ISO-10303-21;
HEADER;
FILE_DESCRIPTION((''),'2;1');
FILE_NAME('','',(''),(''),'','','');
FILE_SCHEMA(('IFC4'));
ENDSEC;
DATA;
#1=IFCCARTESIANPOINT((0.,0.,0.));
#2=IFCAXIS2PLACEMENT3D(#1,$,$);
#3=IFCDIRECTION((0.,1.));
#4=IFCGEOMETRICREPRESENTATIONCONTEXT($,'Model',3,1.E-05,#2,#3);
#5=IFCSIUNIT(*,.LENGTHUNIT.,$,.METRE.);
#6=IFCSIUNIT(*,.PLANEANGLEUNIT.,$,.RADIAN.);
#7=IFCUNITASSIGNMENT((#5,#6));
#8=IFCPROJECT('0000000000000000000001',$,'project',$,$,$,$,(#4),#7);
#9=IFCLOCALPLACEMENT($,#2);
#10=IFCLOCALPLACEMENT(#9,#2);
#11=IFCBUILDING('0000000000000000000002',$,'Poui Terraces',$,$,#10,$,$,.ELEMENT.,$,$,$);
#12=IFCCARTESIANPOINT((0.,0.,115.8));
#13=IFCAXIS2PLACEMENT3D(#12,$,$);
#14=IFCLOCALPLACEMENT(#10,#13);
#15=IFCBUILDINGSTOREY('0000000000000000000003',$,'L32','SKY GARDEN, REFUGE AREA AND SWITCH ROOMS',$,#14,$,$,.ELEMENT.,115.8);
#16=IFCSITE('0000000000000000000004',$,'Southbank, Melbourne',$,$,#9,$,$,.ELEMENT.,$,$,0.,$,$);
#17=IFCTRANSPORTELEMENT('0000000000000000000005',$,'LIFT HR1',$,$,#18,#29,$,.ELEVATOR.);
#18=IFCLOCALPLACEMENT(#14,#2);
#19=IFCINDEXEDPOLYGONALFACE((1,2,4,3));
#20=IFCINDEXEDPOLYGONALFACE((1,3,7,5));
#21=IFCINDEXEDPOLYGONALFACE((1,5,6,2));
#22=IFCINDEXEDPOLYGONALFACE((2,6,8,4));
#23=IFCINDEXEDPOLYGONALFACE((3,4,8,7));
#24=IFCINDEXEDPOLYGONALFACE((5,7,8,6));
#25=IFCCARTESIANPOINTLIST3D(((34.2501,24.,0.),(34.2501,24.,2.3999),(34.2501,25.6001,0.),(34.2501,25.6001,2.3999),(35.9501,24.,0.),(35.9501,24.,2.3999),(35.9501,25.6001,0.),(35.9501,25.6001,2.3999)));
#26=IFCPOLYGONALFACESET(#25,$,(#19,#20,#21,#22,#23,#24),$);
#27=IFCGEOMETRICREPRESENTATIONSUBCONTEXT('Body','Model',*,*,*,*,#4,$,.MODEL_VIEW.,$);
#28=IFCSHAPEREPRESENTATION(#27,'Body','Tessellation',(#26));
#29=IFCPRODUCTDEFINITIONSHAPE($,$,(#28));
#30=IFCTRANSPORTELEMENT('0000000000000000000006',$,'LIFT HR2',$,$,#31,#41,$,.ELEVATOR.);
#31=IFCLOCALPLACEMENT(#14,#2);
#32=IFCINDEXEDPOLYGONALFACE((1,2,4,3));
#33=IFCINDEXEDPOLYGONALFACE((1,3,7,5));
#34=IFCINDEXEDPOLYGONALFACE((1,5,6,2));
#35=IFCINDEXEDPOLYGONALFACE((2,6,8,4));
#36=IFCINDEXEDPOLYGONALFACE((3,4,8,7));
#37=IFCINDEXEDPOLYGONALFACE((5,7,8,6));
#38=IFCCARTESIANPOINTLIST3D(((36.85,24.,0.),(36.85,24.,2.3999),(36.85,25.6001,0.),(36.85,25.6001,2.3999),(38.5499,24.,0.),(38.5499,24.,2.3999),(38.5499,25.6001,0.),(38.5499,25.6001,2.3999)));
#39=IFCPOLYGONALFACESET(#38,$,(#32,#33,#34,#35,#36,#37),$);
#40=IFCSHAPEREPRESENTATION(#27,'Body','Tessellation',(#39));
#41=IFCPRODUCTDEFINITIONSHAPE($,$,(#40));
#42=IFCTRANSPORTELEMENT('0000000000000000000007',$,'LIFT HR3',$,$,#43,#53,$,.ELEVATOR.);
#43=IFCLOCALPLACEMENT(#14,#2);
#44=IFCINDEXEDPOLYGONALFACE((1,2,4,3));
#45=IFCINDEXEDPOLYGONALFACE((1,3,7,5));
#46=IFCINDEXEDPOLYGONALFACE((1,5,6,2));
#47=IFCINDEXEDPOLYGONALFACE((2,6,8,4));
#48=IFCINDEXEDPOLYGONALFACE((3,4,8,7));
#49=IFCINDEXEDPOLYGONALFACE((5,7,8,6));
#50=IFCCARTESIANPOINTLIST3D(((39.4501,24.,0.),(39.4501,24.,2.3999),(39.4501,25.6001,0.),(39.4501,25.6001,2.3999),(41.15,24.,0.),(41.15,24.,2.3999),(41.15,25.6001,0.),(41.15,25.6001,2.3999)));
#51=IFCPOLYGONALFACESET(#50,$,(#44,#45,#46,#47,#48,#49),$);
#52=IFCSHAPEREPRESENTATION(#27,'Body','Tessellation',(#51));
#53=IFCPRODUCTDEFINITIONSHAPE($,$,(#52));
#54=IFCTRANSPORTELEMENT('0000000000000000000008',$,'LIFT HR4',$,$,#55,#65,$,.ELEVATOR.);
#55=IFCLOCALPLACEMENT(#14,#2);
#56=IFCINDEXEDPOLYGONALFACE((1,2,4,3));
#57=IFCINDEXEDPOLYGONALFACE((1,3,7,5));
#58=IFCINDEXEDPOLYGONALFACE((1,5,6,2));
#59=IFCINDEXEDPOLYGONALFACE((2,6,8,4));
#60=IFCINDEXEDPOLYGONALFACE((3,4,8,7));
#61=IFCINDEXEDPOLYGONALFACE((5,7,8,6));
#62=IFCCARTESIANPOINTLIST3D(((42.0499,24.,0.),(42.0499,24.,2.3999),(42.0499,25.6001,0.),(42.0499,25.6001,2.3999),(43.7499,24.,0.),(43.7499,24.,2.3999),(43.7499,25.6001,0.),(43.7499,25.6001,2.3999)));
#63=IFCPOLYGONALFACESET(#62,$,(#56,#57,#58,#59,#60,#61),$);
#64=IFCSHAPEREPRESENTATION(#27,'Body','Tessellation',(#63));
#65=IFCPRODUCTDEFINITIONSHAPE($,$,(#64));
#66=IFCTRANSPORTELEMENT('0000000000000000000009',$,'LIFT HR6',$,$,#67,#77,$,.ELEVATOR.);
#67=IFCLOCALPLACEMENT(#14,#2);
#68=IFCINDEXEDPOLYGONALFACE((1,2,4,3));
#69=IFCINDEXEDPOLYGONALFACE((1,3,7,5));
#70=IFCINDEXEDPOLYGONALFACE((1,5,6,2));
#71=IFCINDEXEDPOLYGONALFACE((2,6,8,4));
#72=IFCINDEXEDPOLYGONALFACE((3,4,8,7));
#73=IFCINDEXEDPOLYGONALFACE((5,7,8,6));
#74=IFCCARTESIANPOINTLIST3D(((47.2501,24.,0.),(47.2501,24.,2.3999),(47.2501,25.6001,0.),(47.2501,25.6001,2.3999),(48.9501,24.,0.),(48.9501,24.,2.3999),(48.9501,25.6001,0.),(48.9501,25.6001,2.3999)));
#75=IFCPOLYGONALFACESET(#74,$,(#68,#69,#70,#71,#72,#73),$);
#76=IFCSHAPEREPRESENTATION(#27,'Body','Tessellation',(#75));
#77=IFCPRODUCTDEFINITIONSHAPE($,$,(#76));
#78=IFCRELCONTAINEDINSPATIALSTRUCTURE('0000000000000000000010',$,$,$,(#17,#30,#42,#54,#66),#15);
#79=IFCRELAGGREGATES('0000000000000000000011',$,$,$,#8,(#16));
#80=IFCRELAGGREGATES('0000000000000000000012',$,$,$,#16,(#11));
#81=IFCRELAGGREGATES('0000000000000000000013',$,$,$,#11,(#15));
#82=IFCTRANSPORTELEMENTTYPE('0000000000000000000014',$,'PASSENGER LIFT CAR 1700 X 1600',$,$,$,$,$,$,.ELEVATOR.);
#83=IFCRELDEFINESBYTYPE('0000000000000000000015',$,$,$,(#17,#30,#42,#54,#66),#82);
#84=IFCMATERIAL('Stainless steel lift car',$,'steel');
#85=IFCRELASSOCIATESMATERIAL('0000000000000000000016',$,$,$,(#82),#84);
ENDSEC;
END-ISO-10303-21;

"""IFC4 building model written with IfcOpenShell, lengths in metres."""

from ifc_helpers import new_model, si_unit, direction, frame, origin, origin_2d, place, context, subcontext, project, spatial, rectangle, extrude, source, transform, mapped, material, type_object, element, save


model = new_model("IFC4")

# Units and contexts
model_context = context("Model", 3, precision=1e-05, world=origin(), true_north=direction((0.0, 1.0)))
body_context = subcontext(model_context, "Body", "Model", "MODEL_VIEW")
ifc_project = project(units=[si_unit("LENGTHUNIT", "METRE"), si_unit("PLANEANGLEUNIT", "RADIAN")], contexts=[model_context])

# Site, building, storey
site_placement = place(None, origin())
site = spatial("IfcSite", under=ifc_project, at=site_placement, Name="Southbank, Melbourne", CompositionType="ELEMENT", RefElevation=0.0)
building_placement = place(site_placement, origin())
building = spatial("IfcBuilding", under=site, at=building_placement, Name="Poui Terraces", CompositionType="ELEMENT")
storey_placement = place(building_placement, frame((0.0, 0.0, 115.8)))
storey = spatial("IfcBuildingStorey", under=building, at=storey_placement, Name="L32", Description="SKY GARDEN, REFUGE AREA AND SWITCH ROOMS", CompositionType="ELEMENT", Elevation=115.8)

# Transport elements
ifc_material_1 = material(Name="Stainless steel lift car", Category="steel")
transport_element_type = type_object("IfcTransportElementType", Name="PASSENGER LIFT CAR 1700 X 1600", PredefinedType="ELEVATOR", material=ifc_material_1)
shared_shape_1 = source(origin(), body_context, "Body", "SweptSolid", [
    extrude(rectangle(XDim=1.7, YDim=1.6001, at=origin_2d()), origin(), (0.0, 0.0, 1.0), 2.3999),
])
for number, where, z_axis, x_axis, name in (
    (1, (35.1001, 24.8, 0.0), (0.0, 0.0, 1.0), (1.0, 0.0, 0.0), "LIFT HR1"),
    (2, (37.7, 24.8, 0.0), (0.0, 0.0, 1.0), (1.0, 0.0, 0.0), "LIFT HR2"),
    (3, (40.3, 24.8, 0.0), (0.0, 0.0, 1.0), (1.0, 0.0, 0.0), "LIFT HR3"),
    (4, (42.8999, 24.8, 0.0), (0.0, 0.0, 1.0), (1.0, 0.0, 0.0), "LIFT HR4"),
    (5, (48.1001, 24.8, 0.0), (0.0, 0.0, 1.0), (1.0, 0.0, 0.0), "LIFT HR6"),
):
    element("IfcTransportElement", number, at=place(storey_placement, frame(where, z_axis=z_axis, x_axis=x_axis)), inside=storey, type_object=transport_element_type, Name=name, PredefinedType="ELEVATOR", context=body_context, shape_type="MappedRepresentation", body=[
        mapped(shared_shape_1, transform((0.0, 0.0, 0.0))),
    ])

save(model, "model.ifc")
